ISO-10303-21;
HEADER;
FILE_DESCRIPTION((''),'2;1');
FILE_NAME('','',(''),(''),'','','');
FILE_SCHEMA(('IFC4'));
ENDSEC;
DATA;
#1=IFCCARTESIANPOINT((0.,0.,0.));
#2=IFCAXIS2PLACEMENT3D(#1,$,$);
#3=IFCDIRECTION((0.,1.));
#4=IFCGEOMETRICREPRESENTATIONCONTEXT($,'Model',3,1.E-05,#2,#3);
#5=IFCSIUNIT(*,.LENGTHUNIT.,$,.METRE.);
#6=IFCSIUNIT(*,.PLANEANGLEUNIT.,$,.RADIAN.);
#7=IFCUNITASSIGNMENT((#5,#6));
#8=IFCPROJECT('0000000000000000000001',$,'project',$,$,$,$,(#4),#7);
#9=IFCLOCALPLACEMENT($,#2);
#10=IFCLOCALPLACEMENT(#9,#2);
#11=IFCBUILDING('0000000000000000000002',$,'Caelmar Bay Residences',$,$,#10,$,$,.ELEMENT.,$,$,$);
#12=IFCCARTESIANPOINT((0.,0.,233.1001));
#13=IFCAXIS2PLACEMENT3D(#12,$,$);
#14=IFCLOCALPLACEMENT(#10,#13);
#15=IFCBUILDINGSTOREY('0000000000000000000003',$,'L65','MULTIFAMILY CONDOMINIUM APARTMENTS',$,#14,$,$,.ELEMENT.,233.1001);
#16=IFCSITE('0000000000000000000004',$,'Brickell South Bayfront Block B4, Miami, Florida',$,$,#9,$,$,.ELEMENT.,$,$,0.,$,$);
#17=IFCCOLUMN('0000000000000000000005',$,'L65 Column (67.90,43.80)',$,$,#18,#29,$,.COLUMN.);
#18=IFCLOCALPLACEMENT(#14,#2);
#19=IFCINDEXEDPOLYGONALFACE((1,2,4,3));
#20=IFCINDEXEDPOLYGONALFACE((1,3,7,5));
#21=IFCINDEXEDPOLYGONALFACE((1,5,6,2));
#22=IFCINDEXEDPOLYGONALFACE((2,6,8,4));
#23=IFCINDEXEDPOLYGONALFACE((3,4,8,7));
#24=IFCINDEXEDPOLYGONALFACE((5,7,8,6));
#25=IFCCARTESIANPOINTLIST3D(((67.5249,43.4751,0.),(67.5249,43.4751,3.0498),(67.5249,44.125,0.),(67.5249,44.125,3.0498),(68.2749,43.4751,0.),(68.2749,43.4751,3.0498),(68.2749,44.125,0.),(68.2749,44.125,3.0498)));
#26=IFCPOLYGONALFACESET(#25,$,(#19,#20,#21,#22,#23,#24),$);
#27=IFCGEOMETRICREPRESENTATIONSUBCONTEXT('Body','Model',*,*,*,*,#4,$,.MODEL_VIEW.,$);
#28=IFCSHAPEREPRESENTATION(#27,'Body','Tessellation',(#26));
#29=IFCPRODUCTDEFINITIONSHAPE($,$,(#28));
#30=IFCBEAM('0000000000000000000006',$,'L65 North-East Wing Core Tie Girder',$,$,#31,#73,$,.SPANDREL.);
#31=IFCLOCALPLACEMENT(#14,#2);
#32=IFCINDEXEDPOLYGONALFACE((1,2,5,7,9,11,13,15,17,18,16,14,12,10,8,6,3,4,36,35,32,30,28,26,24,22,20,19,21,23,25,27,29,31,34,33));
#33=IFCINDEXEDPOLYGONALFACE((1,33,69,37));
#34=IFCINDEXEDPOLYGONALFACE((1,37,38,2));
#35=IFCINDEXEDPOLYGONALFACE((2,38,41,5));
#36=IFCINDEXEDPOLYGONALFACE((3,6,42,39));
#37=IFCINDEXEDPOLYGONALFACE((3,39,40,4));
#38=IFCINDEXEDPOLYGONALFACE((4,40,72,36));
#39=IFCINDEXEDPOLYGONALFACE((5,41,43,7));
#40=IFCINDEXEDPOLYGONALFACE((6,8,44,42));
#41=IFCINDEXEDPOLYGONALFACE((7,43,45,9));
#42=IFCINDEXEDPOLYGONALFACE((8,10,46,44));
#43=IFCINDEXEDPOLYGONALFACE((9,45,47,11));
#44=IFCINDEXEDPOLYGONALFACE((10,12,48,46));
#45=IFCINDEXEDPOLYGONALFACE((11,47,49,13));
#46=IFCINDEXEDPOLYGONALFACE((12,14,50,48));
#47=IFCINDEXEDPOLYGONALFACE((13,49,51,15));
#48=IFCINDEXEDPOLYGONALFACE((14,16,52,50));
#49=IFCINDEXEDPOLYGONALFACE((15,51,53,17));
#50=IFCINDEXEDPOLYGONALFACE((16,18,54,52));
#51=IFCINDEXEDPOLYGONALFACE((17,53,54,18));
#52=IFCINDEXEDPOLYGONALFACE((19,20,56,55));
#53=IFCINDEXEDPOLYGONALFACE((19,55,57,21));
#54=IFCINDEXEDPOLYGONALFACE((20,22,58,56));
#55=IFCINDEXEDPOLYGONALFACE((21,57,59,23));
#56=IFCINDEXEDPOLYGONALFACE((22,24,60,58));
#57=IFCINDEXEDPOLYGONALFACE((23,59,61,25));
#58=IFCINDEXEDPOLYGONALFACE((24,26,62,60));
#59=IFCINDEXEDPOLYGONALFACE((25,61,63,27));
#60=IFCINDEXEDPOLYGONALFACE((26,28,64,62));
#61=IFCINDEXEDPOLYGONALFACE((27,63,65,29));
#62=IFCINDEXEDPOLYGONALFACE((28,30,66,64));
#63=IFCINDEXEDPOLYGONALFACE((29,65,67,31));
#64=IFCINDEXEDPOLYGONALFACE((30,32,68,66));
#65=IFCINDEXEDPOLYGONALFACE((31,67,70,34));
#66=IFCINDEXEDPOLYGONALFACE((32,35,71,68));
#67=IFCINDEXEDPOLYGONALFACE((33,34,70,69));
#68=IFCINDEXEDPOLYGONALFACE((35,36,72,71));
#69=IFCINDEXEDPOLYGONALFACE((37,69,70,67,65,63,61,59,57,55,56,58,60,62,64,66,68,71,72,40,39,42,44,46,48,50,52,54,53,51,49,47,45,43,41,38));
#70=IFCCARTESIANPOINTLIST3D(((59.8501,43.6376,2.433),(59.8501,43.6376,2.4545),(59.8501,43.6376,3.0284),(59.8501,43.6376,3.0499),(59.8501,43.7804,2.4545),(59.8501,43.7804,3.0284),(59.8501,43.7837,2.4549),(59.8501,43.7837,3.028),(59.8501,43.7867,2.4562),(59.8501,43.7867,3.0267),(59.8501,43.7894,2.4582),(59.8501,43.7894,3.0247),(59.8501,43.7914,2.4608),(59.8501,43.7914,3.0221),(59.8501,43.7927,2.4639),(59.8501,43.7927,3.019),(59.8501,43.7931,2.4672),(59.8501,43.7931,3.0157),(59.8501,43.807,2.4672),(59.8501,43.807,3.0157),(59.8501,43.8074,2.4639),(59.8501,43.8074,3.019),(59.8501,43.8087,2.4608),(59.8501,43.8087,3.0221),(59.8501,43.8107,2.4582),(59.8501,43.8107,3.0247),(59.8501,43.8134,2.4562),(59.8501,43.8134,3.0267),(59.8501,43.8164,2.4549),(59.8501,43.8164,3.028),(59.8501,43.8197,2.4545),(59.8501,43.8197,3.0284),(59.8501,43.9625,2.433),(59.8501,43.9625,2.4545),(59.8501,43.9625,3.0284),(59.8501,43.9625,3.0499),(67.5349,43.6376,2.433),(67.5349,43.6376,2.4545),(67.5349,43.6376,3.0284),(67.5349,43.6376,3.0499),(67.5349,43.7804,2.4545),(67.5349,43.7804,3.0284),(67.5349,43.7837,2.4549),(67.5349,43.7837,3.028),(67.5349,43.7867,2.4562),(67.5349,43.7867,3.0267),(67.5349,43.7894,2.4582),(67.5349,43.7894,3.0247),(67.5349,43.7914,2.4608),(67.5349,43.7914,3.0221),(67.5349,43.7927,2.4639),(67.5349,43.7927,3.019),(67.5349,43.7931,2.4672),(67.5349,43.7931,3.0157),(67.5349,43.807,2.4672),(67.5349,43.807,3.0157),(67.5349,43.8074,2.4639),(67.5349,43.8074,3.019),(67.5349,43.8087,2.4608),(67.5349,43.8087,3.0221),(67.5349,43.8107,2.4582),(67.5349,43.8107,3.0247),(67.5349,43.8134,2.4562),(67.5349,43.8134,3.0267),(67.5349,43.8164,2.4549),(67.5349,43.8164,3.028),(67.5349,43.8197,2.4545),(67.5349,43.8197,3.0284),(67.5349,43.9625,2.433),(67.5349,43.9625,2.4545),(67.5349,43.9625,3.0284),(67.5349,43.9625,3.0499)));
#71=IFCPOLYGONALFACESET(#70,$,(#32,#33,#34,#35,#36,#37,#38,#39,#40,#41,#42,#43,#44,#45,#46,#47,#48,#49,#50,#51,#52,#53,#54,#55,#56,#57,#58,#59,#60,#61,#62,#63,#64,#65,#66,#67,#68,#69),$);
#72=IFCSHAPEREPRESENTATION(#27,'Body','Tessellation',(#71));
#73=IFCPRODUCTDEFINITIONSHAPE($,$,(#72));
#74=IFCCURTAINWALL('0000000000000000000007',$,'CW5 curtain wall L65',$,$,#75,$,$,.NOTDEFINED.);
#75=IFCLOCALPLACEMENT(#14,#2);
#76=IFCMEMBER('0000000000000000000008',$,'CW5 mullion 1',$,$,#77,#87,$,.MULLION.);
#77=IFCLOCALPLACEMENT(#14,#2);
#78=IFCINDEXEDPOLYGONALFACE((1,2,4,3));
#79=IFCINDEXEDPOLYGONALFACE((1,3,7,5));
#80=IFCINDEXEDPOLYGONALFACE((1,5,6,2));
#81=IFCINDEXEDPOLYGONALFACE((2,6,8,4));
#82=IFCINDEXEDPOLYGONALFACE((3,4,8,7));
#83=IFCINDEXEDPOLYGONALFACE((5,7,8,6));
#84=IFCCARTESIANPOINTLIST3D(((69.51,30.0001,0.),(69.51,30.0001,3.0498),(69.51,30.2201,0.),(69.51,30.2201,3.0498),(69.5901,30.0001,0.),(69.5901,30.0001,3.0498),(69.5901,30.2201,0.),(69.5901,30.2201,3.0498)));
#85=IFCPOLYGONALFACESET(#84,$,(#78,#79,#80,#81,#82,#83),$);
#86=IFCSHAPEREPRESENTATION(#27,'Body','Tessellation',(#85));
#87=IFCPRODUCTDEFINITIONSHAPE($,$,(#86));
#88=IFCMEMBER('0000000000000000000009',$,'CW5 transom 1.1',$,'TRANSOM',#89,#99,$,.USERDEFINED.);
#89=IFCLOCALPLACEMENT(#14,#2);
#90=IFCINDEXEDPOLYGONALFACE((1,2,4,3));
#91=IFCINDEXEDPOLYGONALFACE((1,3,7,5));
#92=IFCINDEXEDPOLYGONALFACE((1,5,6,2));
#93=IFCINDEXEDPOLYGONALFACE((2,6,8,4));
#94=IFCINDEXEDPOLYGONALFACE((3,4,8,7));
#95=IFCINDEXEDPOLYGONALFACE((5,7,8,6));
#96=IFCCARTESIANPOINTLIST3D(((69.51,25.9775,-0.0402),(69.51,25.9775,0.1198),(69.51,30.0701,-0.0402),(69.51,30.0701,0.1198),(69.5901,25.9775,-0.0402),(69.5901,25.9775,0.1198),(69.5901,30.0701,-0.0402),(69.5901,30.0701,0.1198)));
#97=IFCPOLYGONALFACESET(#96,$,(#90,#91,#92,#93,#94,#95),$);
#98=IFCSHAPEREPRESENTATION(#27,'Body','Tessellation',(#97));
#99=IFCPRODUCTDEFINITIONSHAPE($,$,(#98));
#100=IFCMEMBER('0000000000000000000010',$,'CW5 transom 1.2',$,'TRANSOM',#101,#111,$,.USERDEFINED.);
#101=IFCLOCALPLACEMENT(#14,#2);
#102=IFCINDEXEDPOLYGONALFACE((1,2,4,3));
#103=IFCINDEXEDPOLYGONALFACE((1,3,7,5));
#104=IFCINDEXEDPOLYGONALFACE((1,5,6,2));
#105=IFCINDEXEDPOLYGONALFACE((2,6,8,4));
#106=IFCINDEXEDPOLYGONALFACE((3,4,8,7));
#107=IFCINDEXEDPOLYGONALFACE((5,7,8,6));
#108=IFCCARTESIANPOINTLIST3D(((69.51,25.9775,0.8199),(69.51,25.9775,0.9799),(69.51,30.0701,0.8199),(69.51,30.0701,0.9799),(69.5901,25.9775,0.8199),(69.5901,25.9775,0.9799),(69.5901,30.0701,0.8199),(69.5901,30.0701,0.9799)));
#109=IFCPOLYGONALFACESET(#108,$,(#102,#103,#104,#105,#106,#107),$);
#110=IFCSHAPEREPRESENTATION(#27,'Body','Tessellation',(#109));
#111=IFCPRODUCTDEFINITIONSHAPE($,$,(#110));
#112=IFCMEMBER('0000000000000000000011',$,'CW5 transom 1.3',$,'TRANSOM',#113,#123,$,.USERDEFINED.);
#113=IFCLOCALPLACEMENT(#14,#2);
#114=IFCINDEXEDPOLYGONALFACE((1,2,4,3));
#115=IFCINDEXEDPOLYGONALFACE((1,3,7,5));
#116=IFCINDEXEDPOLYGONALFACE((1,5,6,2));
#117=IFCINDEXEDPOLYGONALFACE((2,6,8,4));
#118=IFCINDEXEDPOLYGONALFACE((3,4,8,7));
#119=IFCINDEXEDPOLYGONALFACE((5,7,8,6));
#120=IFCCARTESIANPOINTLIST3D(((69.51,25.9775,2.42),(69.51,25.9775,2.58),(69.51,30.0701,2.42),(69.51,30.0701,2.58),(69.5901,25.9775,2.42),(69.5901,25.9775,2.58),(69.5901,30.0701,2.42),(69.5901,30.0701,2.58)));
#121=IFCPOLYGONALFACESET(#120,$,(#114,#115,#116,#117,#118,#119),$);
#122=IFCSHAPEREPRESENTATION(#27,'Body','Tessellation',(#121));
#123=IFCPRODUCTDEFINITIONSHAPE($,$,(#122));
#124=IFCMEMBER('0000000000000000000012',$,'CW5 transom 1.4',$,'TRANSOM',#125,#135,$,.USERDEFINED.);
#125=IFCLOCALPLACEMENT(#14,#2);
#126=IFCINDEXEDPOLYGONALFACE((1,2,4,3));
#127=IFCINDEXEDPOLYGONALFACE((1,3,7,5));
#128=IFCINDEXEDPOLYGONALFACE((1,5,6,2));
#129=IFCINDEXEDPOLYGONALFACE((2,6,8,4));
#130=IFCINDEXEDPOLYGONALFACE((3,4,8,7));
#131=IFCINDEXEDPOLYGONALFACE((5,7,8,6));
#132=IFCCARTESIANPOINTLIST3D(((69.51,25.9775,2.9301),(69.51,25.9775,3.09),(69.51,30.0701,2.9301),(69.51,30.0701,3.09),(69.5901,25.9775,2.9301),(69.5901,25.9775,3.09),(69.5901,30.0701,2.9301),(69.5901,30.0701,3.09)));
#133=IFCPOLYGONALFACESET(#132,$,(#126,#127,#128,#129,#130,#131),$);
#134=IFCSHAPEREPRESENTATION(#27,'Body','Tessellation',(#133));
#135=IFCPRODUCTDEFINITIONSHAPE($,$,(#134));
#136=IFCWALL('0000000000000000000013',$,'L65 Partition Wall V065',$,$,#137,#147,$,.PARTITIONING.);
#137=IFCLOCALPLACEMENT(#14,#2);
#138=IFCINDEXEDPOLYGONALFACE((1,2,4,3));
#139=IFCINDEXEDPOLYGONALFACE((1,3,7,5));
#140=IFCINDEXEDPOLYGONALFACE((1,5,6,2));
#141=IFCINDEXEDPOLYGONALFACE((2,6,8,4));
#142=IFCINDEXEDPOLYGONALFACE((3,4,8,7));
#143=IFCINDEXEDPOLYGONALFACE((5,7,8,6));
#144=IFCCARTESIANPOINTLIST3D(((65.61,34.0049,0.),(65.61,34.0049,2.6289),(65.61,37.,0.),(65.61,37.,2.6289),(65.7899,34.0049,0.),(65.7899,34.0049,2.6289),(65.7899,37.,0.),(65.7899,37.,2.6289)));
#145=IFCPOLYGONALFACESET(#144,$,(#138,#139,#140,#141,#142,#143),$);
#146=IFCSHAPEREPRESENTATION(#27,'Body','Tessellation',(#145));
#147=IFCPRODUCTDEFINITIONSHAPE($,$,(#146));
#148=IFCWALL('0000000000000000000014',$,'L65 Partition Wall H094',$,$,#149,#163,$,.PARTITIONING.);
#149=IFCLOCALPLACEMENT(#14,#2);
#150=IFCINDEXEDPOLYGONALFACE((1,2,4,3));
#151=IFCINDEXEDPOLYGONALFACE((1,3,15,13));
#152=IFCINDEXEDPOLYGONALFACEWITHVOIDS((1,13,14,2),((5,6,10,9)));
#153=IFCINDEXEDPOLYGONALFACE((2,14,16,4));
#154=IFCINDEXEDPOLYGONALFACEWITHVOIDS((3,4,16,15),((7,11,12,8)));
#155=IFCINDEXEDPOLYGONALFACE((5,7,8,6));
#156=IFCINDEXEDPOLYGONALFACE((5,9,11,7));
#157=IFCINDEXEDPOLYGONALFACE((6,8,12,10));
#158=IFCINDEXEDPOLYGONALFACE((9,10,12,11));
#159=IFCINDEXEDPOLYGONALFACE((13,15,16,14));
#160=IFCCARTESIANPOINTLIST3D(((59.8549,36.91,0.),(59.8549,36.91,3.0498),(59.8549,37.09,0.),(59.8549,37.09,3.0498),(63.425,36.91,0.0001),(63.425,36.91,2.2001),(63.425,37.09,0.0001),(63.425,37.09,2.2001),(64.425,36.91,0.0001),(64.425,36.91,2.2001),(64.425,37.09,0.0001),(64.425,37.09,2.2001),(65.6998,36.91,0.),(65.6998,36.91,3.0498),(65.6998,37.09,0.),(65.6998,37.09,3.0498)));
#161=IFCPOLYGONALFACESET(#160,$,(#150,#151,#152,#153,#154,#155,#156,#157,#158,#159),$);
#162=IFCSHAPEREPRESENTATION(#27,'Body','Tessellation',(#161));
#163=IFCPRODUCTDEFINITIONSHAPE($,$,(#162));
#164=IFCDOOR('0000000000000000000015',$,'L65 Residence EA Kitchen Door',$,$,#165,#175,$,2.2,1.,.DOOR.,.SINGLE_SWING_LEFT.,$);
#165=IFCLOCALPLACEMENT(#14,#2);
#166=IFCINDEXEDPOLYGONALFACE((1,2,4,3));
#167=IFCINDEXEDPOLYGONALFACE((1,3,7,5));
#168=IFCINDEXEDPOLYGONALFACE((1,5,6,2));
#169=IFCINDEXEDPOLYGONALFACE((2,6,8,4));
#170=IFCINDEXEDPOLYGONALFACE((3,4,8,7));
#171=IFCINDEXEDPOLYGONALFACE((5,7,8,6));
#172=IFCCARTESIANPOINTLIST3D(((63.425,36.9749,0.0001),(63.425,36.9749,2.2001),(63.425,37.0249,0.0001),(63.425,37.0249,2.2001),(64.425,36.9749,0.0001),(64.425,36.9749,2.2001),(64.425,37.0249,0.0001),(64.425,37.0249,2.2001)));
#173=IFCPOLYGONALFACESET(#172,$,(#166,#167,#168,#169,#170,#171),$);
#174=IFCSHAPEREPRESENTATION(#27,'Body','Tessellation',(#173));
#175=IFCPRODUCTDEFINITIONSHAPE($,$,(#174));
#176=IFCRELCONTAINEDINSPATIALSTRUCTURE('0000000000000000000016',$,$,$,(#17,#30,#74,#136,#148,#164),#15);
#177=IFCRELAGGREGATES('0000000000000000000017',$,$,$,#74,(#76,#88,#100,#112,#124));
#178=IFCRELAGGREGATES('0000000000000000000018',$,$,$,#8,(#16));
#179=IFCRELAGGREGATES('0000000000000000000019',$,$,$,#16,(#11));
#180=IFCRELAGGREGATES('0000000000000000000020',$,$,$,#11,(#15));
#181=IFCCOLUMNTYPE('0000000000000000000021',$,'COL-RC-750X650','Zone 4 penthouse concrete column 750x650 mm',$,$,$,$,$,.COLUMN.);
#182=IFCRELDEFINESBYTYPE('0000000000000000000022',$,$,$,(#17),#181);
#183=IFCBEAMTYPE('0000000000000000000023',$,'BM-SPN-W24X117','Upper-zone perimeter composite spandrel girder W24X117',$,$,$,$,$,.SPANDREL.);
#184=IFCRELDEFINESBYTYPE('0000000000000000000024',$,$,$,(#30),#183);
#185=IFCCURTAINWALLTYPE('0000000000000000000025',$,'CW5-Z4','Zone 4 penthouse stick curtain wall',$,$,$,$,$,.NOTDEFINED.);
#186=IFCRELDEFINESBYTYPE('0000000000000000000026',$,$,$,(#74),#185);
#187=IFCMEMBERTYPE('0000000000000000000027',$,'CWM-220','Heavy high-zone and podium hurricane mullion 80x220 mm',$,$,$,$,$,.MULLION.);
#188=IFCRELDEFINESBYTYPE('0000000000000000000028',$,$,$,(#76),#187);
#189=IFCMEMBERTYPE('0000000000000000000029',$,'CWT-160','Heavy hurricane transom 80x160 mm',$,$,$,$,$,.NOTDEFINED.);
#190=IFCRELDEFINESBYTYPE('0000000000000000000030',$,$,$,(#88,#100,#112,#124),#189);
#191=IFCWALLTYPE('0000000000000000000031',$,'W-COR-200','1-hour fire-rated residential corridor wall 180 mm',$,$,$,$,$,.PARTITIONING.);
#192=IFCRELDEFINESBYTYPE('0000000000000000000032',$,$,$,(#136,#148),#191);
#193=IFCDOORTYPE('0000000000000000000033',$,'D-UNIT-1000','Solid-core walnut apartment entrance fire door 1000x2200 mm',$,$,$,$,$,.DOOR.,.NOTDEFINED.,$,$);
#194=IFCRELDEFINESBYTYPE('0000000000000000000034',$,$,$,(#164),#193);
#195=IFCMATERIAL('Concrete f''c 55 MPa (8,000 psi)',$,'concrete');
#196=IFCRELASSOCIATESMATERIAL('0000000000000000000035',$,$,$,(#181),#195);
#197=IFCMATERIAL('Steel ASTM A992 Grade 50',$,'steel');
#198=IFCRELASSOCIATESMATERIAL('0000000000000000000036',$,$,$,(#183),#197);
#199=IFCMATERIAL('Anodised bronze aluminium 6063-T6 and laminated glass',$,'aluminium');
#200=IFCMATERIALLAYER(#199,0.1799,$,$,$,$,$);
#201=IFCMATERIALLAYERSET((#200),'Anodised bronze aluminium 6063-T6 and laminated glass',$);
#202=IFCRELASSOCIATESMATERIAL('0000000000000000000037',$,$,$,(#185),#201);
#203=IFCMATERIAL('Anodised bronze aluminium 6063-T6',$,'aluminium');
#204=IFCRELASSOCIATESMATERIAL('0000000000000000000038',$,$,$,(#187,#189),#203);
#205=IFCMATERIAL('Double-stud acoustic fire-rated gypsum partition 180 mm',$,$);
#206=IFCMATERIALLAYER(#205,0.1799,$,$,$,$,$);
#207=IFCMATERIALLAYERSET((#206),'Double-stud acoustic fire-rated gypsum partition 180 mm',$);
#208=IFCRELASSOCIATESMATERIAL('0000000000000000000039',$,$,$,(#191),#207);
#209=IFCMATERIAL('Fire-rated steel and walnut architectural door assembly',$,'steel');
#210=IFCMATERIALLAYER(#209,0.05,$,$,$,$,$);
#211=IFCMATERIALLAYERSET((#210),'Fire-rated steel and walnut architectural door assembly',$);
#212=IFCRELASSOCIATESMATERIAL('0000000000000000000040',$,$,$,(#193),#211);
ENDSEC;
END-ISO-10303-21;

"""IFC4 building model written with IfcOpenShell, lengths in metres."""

from ifc_helpers import new_model, si_unit, direction, frame, frame_2d, origin, origin_2d, place, context, subcontext, project, spatial, rectangle, i_section, extrude, material, layer, layer_set, material_profile, profile_set, type_object, element, fill, aggregate, save


model = new_model("IFC4")

# Units and contexts
model_context = context("Model", 3, precision=1e-05, world=origin(), true_north=direction((0.0, 1.0)))
body_context = subcontext(model_context, "Body", "Model", "MODEL_VIEW")
ifc_project = project(units=[si_unit("LENGTHUNIT", "METRE"), si_unit("PLANEANGLEUNIT", "RADIAN")], contexts=[model_context])

# Site, building, storey
site_placement = place(None, origin())
site = spatial("IfcSite", under=ifc_project, at=site_placement, Name="Brickell South Bayfront Block B4, Miami, Florida", CompositionType="ELEMENT", RefElevation=0.0)
building_placement = place(site_placement, origin())
building = spatial("IfcBuilding", under=site, at=building_placement, Name="Caelmar Bay Residences", CompositionType="ELEMENT")
storey_placement = place(building_placement, frame((0.0, 0.0, 233.1001)))
storey = spatial("IfcBuildingStorey", under=building, at=storey_placement, Name="L65", Description="MULTIFAMILY CONDOMINIUM APARTMENTS", CompositionType="ELEMENT", Elevation=233.1001)

# Column
ifc_material_1 = material(Name="Concrete f'c 55 MPa (8,000 psi)", Category="concrete")
ifc_material_profile_1 = material_profile(ifc_material_1, rectangle(XDim=0.75, YDim=0.6499, at=origin_2d()), Name="RC-COL-750X650")
ifc_profile_set_1 = profile_set([ifc_material_profile_1], Name="Concrete f'c 55 MPa (8,000 psi)")
column_type = type_object("IfcColumnType", Name="COL-RC-750X650", Description="Zone 4 penthouse concrete column 750x650 mm", PredefinedType="COLUMN", material=ifc_profile_set_1)
column_placement = place(storey_placement, frame((67.8999, 43.8, 0.0), z_axis=(0.0, 0.0, 1.0), x_axis=(1.0, 0.0, 0.0)))
element("IfcColumn", 1, at=column_placement, inside=storey, type_object=column_type, Name="L65 Column (67.90,43.80)", PredefinedType="COLUMN", context=body_context, shape_type="SweptSolid", body=[
    extrude(rectangle(XDim=0.75, YDim=0.6499, at=origin_2d()), origin(), (0.0, 0.0, 1.0), 3.0498),
])

# Beam
ifc_material_2 = material(Name="Steel ASTM A992 Grade 50", Category="steel")
ifc_material_profile_2 = material_profile(ifc_material_2, i_section(OverallWidth=0.325, OverallDepth=0.6169, WebThickness=0.0139, FlangeThickness=0.0215, FilletRadius=0.0127, at=origin_2d()), Name="W24X117")
ifc_profile_set_2 = profile_set([ifc_material_profile_2], Name="Steel ASTM A992 Grade 50")
beam_type = type_object("IfcBeamType", Name="BM-SPN-W24X117", Description="Upper-zone perimeter composite spandrel girder W24X117", PredefinedType="SPANDREL", material=ifc_profile_set_2)
beam_placement = place(storey_placement, frame((59.8501, 43.8, 2.7415), z_axis=(1.0, 0.0, 0.0), x_axis=(0.0, 1.0, 0.0)))
element("IfcBeam", 2, at=beam_placement, inside=storey, type_object=beam_type, Name="L65 North-East Wing Core Tie Girder", PredefinedType="SPANDREL", context=body_context, shape_type="SweptSolid", body=[
    extrude(i_section(OverallWidth=0.325, OverallDepth=0.6169, WebThickness=0.0139, FlangeThickness=0.0215, FilletRadius=0.0127, at=origin_2d()), origin(), (0.0, 0.0, 1.0), 7.6848),
])

# Curtain wall, members
ifc_material_3 = material(Name="Anodised bronze aluminium 6063-T6 and laminated glass", Category="aluminium")
ifc_layer_1 = layer(ifc_material_3, 0.1799)
ifc_layer_set_1 = layer_set([ifc_layer_1], Name="Anodised bronze aluminium 6063-T6 and laminated glass")
curtain_wall_type = type_object("IfcCurtainWallType", Name="CW5-Z4", Description="Zone 4 penthouse stick curtain wall", PredefinedType="NOTDEFINED", material=ifc_layer_set_1)
curtain_wall_placement = place(storey_placement, origin())
curtain_wall = element("IfcCurtainWall", 3, at=curtain_wall_placement, inside=storey, type_object=curtain_wall_type, Name="CW5 curtain wall L65", PredefinedType="NOTDEFINED")
ifc_material_4 = material(Name="Anodised bronze aluminium 6063-T6", Category="aluminium")
ifc_material_profile_3 = material_profile(ifc_material_4, rectangle(XDim=0.0801, YDim=0.22, at=origin_2d()), Name="CWM-80X220")
ifc_profile_set_3 = profile_set([ifc_material_profile_3], Name="Anodised bronze aluminium 6063-T6")
member_type_1 = type_object("IfcMemberType", Name="CWM-220", Description="Heavy high-zone and podium hurricane mullion 80x220 mm", PredefinedType="MULLION", material=ifc_profile_set_3)
member_1_placement = place(storey_placement, frame((69.55, 30.1101, 0.0), z_axis=(0.0, 0.0, 1.0), x_axis=(1.0, 0.0, 0.0)))
member_1 = element("IfcMember", 4, at=member_1_placement, type_object=member_type_1, Name="CW5 mullion 1", PredefinedType="MULLION", context=body_context, shape_type="SweptSolid", body=[
    extrude(rectangle(XDim=0.0801, YDim=0.22, at=origin_2d()), origin(), (0.0, 0.0, 1.0), 3.0498),
])
ifc_material_profile_4 = material_profile(ifc_material_4, rectangle(XDim=0.0801, YDim=0.1599, at=origin_2d()), Name="CWT-80X160")
ifc_profile_set_4 = profile_set([ifc_material_profile_4], Name="Anodised bronze aluminium 6063-T6")
member_type_2 = type_object("IfcMemberType", Name="CWT-160", Description="Heavy hurricane transom 80x160 mm", PredefinedType="NOTDEFINED", material=ifc_profile_set_4)
member_2_placement = place(storey_placement, frame((69.55, 30.0701, 0.0398), z_axis=(0.0, -1.0, 0.0), x_axis=(1.0, 0.0, 0.0)))
member_2 = element("IfcMember", 5, at=member_2_placement, type_object=member_type_2, Name="CW5 transom 1.1", ObjectType="TRANSOM", PredefinedType="USERDEFINED", context=body_context, shape_type="SweptSolid", body=[
    extrude(rectangle(XDim=0.0801, YDim=0.1599, at=origin_2d()), origin(), (0.0, 0.0, 1.0), 4.0925),
])
member_3_placement = place(storey_placement, frame((69.55, 30.0701, 0.8999), z_axis=(0.0, -1.0, 0.0), x_axis=(1.0, 0.0, 0.0)))
member_3 = element("IfcMember", 6, at=member_3_placement, type_object=member_type_2, Name="CW5 transom 1.2", ObjectType="TRANSOM", PredefinedType="USERDEFINED", context=body_context, shape_type="SweptSolid", body=[
    extrude(rectangle(XDim=0.0801, YDim=0.1599, at=origin_2d()), origin(), (0.0, 0.0, 1.0), 4.0925),
])
member_4_placement = place(storey_placement, frame((69.55, 30.0701, 2.5), z_axis=(0.0, -1.0, 0.0), x_axis=(1.0, 0.0, 0.0)))
member_4 = element("IfcMember", 7, at=member_4_placement, type_object=member_type_2, Name="CW5 transom 1.3", ObjectType="TRANSOM", PredefinedType="USERDEFINED", context=body_context, shape_type="SweptSolid", body=[
    extrude(rectangle(XDim=0.0801, YDim=0.1599, at=origin_2d()), origin(), (0.0, 0.0, 1.0), 4.0925),
])
member_5_placement = place(storey_placement, frame((69.55, 30.0701, 3.01), z_axis=(0.0, -1.0, 0.0), x_axis=(1.0, 0.0, 0.0)))
member_5 = element("IfcMember", 8, at=member_5_placement, type_object=member_type_2, Name="CW5 transom 1.4", ObjectType="TRANSOM", PredefinedType="USERDEFINED", context=body_context, shape_type="SweptSolid", body=[
    extrude(rectangle(XDim=0.0801, YDim=0.1599, at=origin_2d()), origin(), (0.0, 0.0, 1.0), 4.0925),
])
aggregate(curtain_wall, [member_1, member_2, member_3, member_4, member_5])

# Wall
ifc_material_5 = material(Name="Double-stud acoustic fire-rated gypsum partition 180 mm")
ifc_layer_2 = layer(ifc_material_5, 0.1799)
ifc_layer_set_2 = layer_set([ifc_layer_2], Name="Double-stud acoustic fire-rated gypsum partition 180 mm")
wall_type_1 = type_object("IfcWallType", Name="W-COR-200", Description="1-hour fire-rated residential corridor wall 180 mm", PredefinedType="PARTITIONING", material=ifc_layer_set_2)
wall_1_placement = place(storey_placement, frame((65.7, 34.0049, 0.0), z_axis=(0.0, 0.0, 1.0), x_axis=(0.0, 1.0, 0.0)))
element("IfcWall", 9, at=wall_1_placement, inside=storey, type_object=wall_type_1, Name="L65 Partition Wall V065", PredefinedType="PARTITIONING", context=body_context, shape_type="SweptSolid", body=[
    extrude(rectangle(XDim=2.9951, YDim=0.1799, at=frame_2d((1.4976, 0.0))), origin(), (0.0, 0.0, 1.0), 2.6289),
])

# Wall, opening, door
wall_2_placement = place(storey_placement, frame((59.855, 37.0, 0.0), z_axis=(0.0, 0.0, 1.0), x_axis=(1.0, 0.0, 0.0)))
wall_2 = element("IfcWall", 10, at=wall_2_placement, inside=storey, type_object=wall_type_1, Name="L65 Partition Wall H094", PredefinedType="PARTITIONING", context=body_context, shape_type="SweptSolid", body=[
    extrude(rectangle(XDim=5.845, YDim=0.1799, at=frame_2d((2.9224, 0.0))), origin(), (0.0, 0.0, 1.0), 3.0498),
])
opening_1_placement = place(wall_2_placement, frame((3.5701, 0.0, 0.0)))
opening_1 = element("IfcOpeningElement", 11, at=opening_1_placement, cuts=wall_2, PredefinedType="OPENING", context=body_context, shape_type="SweptSolid", body=[
    extrude(rectangle(XDim=1.0, YDim=2.2, at=frame_2d((0.5, 1.1001))), frame((0.0, 0.0999, 0.0), z_axis=(0.0, -1.0, 0.0), x_axis=(1.0, 0.0, 0.0)), (0.0, 0.0, 1.0), 0.2),
])
ifc_material_6 = material(Name="Fire-rated steel and walnut architectural door assembly", Category="steel")
ifc_layer_3 = layer(ifc_material_6, 0.05)
ifc_layer_set_3 = layer_set([ifc_layer_3], Name="Fire-rated steel and walnut architectural door assembly")
door_type_1 = type_object("IfcDoorType", Name="D-UNIT-1000", Description="Solid-core walnut apartment entrance fire door 1000x2200 mm", OperationType="NOTDEFINED", PredefinedType="DOOR", material=ifc_layer_set_3)
door_1_placement = place(opening_1_placement, origin())
door_1 = element("IfcDoor", 12, at=door_1_placement, inside=storey, type_object=door_type_1, Name="L65 Residence EA Kitchen Door", OperationType="SINGLE_SWING_LEFT", OverallHeight=2.2, OverallWidth=1.0, PredefinedType="DOOR", context=body_context, shape_type="SweptSolid", body=[
    extrude(rectangle(XDim=1.0, YDim=2.2, at=frame_2d((0.5, 1.1001))), frame((0.0, 0.0249, 0.0), z_axis=(0.0, -1.0, 0.0), x_axis=(1.0, 0.0, 0.0)), (0.0, 0.0, 1.0), 0.05),
])
fill(opening_1, door_1)

save(model, "model.ifc")
